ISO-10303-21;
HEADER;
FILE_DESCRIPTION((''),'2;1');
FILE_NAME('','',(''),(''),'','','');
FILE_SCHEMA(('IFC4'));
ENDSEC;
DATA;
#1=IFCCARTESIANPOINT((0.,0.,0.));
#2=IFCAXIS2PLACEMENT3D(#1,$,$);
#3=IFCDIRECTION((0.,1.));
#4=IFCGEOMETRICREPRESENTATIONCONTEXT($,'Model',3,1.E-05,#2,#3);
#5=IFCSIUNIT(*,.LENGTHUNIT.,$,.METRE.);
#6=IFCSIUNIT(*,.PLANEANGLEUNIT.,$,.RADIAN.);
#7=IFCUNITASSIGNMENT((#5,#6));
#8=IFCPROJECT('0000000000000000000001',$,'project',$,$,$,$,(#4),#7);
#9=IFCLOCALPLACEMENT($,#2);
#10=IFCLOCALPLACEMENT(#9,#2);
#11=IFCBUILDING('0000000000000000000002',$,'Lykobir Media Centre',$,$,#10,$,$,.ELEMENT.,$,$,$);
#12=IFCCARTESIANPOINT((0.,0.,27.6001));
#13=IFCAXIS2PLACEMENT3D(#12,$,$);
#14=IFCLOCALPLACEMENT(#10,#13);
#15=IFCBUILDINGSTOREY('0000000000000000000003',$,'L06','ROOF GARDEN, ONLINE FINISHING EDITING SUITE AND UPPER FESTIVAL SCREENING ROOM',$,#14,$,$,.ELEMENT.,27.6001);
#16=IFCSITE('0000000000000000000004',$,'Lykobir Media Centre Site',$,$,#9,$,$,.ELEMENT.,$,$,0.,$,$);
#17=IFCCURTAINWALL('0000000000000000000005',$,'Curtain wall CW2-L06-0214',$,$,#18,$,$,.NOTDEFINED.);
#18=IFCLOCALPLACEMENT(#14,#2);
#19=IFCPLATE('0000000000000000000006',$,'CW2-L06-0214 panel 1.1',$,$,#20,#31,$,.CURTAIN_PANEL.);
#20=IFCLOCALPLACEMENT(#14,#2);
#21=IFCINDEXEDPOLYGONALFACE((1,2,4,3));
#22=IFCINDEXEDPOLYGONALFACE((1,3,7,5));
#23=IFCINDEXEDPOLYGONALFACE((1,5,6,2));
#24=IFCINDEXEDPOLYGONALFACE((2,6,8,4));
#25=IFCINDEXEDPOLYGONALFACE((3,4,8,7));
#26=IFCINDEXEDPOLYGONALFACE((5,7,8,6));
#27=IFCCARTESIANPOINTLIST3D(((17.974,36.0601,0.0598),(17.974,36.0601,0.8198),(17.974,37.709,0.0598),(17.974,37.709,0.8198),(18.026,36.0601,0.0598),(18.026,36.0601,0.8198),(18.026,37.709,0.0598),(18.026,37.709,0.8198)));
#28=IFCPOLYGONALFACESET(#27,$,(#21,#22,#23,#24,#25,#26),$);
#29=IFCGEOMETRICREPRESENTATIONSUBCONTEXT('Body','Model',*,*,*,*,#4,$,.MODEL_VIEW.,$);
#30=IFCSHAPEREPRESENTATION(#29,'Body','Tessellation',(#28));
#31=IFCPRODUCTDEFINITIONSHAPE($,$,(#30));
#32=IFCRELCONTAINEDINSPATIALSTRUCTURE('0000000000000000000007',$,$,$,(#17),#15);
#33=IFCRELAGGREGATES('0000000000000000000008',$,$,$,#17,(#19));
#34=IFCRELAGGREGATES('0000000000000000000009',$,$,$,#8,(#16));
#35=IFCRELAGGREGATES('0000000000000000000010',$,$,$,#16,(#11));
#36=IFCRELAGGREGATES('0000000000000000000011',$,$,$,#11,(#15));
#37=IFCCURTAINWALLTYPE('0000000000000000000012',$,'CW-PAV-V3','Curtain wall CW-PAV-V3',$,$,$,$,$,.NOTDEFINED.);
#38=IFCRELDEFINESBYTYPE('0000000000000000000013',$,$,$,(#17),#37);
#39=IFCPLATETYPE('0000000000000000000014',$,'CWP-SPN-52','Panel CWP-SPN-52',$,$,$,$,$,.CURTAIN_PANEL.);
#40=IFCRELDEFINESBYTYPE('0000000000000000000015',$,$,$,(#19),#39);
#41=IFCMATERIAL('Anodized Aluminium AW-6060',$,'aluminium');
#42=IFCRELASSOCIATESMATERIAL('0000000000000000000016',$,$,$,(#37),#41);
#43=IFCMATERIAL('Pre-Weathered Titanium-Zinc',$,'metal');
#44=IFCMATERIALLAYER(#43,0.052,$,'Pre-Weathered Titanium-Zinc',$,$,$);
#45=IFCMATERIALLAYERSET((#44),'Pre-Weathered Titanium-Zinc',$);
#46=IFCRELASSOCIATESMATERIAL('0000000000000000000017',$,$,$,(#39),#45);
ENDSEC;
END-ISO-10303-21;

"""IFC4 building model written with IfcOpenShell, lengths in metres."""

from ifc_helpers import new_model, si_unit, direction, frame, origin, origin_2d, place, context, subcontext, project, spatial, rectangle, extrude, material, layer, layer_set, type_object, element, aggregate, save


model = new_model("IFC4")

# Units and contexts
model_context = context("Model", 3, precision=1e-05, world=origin(), true_north=direction((0.0, 1.0)))
body_context = subcontext(model_context, "Body", "Model", "MODEL_VIEW")
ifc_project = project(units=[si_unit("LENGTHUNIT", "METRE"), si_unit("PLANEANGLEUNIT", "RADIAN")], contexts=[model_context])

# Site, building, storey
site_placement = place(None, origin())
site = spatial("IfcSite", under=ifc_project, at=site_placement, Name="Lykobir Media Centre Site", CompositionType="ELEMENT", RefElevation=0.0)
building_placement = place(site_placement, origin())
building = spatial("IfcBuilding", under=site, at=building_placement, Name="Lykobir Media Centre", CompositionType="ELEMENT")
storey_placement = place(building_placement, frame((0.0, 0.0, 27.6001)))
storey = spatial("IfcBuildingStorey", under=building, at=storey_placement, Name="L06", Description="ROOF GARDEN, ONLINE FINISHING EDITING SUITE AND UPPER FESTIVAL SCREENING ROOM", CompositionType="ELEMENT", Elevation=27.6001)

# Curtain wall
ifc_material_1 = material(Name="Anodized Aluminium AW-6060", Category="aluminium")
curtain_wall_type = type_object("IfcCurtainWallType", Name="CW-PAV-V3", Description="Curtain wall CW-PAV-V3", PredefinedType="NOTDEFINED", material=ifc_material_1)
curtain_wall_1_placement = place(storey_placement, origin())
curtain_wall_1 = element("IfcCurtainWall", 1, at=curtain_wall_1_placement, inside=storey, type_object=curtain_wall_type, Name="Curtain wall CW2-L06-0214", PredefinedType="NOTDEFINED")

# Plate
ifc_material_2 = material(Name="Pre-Weathered Titanium-Zinc", Category="metal")
ifc_layer_1 = layer(ifc_material_2, 0.052, Name="Pre-Weathered Titanium-Zinc")
ifc_layer_set_1 = layer_set([ifc_layer_1], Name="Pre-Weathered Titanium-Zinc")
plate_type_1 = type_object("IfcPlateType", Name="CWP-SPN-52", Description="Panel CWP-SPN-52", PredefinedType="CURTAIN_PANEL", material=ifc_layer_set_1)
plate_1_placement = place(storey_placement, frame((18.0, 36.8845, 0.0598), z_axis=(0.0, 0.0, 1.0), x_axis=(0.0, 1.0, 0.0)))
plate_1 = element("IfcPlate", 2, at=plate_1_placement, type_object=plate_type_1, Name="CW2-L06-0214 panel 1.1", PredefinedType="CURTAIN_PANEL", context=body_context, shape_type="SweptSolid", body=[
    extrude(rectangle(XDim=1.6489, YDim=0.052, at=origin_2d()), origin(), (0.0, 0.0, 1.0), 0.76),
])
aggregate(curtain_wall_1, [plate_1])

save(model, "model.ifc")
